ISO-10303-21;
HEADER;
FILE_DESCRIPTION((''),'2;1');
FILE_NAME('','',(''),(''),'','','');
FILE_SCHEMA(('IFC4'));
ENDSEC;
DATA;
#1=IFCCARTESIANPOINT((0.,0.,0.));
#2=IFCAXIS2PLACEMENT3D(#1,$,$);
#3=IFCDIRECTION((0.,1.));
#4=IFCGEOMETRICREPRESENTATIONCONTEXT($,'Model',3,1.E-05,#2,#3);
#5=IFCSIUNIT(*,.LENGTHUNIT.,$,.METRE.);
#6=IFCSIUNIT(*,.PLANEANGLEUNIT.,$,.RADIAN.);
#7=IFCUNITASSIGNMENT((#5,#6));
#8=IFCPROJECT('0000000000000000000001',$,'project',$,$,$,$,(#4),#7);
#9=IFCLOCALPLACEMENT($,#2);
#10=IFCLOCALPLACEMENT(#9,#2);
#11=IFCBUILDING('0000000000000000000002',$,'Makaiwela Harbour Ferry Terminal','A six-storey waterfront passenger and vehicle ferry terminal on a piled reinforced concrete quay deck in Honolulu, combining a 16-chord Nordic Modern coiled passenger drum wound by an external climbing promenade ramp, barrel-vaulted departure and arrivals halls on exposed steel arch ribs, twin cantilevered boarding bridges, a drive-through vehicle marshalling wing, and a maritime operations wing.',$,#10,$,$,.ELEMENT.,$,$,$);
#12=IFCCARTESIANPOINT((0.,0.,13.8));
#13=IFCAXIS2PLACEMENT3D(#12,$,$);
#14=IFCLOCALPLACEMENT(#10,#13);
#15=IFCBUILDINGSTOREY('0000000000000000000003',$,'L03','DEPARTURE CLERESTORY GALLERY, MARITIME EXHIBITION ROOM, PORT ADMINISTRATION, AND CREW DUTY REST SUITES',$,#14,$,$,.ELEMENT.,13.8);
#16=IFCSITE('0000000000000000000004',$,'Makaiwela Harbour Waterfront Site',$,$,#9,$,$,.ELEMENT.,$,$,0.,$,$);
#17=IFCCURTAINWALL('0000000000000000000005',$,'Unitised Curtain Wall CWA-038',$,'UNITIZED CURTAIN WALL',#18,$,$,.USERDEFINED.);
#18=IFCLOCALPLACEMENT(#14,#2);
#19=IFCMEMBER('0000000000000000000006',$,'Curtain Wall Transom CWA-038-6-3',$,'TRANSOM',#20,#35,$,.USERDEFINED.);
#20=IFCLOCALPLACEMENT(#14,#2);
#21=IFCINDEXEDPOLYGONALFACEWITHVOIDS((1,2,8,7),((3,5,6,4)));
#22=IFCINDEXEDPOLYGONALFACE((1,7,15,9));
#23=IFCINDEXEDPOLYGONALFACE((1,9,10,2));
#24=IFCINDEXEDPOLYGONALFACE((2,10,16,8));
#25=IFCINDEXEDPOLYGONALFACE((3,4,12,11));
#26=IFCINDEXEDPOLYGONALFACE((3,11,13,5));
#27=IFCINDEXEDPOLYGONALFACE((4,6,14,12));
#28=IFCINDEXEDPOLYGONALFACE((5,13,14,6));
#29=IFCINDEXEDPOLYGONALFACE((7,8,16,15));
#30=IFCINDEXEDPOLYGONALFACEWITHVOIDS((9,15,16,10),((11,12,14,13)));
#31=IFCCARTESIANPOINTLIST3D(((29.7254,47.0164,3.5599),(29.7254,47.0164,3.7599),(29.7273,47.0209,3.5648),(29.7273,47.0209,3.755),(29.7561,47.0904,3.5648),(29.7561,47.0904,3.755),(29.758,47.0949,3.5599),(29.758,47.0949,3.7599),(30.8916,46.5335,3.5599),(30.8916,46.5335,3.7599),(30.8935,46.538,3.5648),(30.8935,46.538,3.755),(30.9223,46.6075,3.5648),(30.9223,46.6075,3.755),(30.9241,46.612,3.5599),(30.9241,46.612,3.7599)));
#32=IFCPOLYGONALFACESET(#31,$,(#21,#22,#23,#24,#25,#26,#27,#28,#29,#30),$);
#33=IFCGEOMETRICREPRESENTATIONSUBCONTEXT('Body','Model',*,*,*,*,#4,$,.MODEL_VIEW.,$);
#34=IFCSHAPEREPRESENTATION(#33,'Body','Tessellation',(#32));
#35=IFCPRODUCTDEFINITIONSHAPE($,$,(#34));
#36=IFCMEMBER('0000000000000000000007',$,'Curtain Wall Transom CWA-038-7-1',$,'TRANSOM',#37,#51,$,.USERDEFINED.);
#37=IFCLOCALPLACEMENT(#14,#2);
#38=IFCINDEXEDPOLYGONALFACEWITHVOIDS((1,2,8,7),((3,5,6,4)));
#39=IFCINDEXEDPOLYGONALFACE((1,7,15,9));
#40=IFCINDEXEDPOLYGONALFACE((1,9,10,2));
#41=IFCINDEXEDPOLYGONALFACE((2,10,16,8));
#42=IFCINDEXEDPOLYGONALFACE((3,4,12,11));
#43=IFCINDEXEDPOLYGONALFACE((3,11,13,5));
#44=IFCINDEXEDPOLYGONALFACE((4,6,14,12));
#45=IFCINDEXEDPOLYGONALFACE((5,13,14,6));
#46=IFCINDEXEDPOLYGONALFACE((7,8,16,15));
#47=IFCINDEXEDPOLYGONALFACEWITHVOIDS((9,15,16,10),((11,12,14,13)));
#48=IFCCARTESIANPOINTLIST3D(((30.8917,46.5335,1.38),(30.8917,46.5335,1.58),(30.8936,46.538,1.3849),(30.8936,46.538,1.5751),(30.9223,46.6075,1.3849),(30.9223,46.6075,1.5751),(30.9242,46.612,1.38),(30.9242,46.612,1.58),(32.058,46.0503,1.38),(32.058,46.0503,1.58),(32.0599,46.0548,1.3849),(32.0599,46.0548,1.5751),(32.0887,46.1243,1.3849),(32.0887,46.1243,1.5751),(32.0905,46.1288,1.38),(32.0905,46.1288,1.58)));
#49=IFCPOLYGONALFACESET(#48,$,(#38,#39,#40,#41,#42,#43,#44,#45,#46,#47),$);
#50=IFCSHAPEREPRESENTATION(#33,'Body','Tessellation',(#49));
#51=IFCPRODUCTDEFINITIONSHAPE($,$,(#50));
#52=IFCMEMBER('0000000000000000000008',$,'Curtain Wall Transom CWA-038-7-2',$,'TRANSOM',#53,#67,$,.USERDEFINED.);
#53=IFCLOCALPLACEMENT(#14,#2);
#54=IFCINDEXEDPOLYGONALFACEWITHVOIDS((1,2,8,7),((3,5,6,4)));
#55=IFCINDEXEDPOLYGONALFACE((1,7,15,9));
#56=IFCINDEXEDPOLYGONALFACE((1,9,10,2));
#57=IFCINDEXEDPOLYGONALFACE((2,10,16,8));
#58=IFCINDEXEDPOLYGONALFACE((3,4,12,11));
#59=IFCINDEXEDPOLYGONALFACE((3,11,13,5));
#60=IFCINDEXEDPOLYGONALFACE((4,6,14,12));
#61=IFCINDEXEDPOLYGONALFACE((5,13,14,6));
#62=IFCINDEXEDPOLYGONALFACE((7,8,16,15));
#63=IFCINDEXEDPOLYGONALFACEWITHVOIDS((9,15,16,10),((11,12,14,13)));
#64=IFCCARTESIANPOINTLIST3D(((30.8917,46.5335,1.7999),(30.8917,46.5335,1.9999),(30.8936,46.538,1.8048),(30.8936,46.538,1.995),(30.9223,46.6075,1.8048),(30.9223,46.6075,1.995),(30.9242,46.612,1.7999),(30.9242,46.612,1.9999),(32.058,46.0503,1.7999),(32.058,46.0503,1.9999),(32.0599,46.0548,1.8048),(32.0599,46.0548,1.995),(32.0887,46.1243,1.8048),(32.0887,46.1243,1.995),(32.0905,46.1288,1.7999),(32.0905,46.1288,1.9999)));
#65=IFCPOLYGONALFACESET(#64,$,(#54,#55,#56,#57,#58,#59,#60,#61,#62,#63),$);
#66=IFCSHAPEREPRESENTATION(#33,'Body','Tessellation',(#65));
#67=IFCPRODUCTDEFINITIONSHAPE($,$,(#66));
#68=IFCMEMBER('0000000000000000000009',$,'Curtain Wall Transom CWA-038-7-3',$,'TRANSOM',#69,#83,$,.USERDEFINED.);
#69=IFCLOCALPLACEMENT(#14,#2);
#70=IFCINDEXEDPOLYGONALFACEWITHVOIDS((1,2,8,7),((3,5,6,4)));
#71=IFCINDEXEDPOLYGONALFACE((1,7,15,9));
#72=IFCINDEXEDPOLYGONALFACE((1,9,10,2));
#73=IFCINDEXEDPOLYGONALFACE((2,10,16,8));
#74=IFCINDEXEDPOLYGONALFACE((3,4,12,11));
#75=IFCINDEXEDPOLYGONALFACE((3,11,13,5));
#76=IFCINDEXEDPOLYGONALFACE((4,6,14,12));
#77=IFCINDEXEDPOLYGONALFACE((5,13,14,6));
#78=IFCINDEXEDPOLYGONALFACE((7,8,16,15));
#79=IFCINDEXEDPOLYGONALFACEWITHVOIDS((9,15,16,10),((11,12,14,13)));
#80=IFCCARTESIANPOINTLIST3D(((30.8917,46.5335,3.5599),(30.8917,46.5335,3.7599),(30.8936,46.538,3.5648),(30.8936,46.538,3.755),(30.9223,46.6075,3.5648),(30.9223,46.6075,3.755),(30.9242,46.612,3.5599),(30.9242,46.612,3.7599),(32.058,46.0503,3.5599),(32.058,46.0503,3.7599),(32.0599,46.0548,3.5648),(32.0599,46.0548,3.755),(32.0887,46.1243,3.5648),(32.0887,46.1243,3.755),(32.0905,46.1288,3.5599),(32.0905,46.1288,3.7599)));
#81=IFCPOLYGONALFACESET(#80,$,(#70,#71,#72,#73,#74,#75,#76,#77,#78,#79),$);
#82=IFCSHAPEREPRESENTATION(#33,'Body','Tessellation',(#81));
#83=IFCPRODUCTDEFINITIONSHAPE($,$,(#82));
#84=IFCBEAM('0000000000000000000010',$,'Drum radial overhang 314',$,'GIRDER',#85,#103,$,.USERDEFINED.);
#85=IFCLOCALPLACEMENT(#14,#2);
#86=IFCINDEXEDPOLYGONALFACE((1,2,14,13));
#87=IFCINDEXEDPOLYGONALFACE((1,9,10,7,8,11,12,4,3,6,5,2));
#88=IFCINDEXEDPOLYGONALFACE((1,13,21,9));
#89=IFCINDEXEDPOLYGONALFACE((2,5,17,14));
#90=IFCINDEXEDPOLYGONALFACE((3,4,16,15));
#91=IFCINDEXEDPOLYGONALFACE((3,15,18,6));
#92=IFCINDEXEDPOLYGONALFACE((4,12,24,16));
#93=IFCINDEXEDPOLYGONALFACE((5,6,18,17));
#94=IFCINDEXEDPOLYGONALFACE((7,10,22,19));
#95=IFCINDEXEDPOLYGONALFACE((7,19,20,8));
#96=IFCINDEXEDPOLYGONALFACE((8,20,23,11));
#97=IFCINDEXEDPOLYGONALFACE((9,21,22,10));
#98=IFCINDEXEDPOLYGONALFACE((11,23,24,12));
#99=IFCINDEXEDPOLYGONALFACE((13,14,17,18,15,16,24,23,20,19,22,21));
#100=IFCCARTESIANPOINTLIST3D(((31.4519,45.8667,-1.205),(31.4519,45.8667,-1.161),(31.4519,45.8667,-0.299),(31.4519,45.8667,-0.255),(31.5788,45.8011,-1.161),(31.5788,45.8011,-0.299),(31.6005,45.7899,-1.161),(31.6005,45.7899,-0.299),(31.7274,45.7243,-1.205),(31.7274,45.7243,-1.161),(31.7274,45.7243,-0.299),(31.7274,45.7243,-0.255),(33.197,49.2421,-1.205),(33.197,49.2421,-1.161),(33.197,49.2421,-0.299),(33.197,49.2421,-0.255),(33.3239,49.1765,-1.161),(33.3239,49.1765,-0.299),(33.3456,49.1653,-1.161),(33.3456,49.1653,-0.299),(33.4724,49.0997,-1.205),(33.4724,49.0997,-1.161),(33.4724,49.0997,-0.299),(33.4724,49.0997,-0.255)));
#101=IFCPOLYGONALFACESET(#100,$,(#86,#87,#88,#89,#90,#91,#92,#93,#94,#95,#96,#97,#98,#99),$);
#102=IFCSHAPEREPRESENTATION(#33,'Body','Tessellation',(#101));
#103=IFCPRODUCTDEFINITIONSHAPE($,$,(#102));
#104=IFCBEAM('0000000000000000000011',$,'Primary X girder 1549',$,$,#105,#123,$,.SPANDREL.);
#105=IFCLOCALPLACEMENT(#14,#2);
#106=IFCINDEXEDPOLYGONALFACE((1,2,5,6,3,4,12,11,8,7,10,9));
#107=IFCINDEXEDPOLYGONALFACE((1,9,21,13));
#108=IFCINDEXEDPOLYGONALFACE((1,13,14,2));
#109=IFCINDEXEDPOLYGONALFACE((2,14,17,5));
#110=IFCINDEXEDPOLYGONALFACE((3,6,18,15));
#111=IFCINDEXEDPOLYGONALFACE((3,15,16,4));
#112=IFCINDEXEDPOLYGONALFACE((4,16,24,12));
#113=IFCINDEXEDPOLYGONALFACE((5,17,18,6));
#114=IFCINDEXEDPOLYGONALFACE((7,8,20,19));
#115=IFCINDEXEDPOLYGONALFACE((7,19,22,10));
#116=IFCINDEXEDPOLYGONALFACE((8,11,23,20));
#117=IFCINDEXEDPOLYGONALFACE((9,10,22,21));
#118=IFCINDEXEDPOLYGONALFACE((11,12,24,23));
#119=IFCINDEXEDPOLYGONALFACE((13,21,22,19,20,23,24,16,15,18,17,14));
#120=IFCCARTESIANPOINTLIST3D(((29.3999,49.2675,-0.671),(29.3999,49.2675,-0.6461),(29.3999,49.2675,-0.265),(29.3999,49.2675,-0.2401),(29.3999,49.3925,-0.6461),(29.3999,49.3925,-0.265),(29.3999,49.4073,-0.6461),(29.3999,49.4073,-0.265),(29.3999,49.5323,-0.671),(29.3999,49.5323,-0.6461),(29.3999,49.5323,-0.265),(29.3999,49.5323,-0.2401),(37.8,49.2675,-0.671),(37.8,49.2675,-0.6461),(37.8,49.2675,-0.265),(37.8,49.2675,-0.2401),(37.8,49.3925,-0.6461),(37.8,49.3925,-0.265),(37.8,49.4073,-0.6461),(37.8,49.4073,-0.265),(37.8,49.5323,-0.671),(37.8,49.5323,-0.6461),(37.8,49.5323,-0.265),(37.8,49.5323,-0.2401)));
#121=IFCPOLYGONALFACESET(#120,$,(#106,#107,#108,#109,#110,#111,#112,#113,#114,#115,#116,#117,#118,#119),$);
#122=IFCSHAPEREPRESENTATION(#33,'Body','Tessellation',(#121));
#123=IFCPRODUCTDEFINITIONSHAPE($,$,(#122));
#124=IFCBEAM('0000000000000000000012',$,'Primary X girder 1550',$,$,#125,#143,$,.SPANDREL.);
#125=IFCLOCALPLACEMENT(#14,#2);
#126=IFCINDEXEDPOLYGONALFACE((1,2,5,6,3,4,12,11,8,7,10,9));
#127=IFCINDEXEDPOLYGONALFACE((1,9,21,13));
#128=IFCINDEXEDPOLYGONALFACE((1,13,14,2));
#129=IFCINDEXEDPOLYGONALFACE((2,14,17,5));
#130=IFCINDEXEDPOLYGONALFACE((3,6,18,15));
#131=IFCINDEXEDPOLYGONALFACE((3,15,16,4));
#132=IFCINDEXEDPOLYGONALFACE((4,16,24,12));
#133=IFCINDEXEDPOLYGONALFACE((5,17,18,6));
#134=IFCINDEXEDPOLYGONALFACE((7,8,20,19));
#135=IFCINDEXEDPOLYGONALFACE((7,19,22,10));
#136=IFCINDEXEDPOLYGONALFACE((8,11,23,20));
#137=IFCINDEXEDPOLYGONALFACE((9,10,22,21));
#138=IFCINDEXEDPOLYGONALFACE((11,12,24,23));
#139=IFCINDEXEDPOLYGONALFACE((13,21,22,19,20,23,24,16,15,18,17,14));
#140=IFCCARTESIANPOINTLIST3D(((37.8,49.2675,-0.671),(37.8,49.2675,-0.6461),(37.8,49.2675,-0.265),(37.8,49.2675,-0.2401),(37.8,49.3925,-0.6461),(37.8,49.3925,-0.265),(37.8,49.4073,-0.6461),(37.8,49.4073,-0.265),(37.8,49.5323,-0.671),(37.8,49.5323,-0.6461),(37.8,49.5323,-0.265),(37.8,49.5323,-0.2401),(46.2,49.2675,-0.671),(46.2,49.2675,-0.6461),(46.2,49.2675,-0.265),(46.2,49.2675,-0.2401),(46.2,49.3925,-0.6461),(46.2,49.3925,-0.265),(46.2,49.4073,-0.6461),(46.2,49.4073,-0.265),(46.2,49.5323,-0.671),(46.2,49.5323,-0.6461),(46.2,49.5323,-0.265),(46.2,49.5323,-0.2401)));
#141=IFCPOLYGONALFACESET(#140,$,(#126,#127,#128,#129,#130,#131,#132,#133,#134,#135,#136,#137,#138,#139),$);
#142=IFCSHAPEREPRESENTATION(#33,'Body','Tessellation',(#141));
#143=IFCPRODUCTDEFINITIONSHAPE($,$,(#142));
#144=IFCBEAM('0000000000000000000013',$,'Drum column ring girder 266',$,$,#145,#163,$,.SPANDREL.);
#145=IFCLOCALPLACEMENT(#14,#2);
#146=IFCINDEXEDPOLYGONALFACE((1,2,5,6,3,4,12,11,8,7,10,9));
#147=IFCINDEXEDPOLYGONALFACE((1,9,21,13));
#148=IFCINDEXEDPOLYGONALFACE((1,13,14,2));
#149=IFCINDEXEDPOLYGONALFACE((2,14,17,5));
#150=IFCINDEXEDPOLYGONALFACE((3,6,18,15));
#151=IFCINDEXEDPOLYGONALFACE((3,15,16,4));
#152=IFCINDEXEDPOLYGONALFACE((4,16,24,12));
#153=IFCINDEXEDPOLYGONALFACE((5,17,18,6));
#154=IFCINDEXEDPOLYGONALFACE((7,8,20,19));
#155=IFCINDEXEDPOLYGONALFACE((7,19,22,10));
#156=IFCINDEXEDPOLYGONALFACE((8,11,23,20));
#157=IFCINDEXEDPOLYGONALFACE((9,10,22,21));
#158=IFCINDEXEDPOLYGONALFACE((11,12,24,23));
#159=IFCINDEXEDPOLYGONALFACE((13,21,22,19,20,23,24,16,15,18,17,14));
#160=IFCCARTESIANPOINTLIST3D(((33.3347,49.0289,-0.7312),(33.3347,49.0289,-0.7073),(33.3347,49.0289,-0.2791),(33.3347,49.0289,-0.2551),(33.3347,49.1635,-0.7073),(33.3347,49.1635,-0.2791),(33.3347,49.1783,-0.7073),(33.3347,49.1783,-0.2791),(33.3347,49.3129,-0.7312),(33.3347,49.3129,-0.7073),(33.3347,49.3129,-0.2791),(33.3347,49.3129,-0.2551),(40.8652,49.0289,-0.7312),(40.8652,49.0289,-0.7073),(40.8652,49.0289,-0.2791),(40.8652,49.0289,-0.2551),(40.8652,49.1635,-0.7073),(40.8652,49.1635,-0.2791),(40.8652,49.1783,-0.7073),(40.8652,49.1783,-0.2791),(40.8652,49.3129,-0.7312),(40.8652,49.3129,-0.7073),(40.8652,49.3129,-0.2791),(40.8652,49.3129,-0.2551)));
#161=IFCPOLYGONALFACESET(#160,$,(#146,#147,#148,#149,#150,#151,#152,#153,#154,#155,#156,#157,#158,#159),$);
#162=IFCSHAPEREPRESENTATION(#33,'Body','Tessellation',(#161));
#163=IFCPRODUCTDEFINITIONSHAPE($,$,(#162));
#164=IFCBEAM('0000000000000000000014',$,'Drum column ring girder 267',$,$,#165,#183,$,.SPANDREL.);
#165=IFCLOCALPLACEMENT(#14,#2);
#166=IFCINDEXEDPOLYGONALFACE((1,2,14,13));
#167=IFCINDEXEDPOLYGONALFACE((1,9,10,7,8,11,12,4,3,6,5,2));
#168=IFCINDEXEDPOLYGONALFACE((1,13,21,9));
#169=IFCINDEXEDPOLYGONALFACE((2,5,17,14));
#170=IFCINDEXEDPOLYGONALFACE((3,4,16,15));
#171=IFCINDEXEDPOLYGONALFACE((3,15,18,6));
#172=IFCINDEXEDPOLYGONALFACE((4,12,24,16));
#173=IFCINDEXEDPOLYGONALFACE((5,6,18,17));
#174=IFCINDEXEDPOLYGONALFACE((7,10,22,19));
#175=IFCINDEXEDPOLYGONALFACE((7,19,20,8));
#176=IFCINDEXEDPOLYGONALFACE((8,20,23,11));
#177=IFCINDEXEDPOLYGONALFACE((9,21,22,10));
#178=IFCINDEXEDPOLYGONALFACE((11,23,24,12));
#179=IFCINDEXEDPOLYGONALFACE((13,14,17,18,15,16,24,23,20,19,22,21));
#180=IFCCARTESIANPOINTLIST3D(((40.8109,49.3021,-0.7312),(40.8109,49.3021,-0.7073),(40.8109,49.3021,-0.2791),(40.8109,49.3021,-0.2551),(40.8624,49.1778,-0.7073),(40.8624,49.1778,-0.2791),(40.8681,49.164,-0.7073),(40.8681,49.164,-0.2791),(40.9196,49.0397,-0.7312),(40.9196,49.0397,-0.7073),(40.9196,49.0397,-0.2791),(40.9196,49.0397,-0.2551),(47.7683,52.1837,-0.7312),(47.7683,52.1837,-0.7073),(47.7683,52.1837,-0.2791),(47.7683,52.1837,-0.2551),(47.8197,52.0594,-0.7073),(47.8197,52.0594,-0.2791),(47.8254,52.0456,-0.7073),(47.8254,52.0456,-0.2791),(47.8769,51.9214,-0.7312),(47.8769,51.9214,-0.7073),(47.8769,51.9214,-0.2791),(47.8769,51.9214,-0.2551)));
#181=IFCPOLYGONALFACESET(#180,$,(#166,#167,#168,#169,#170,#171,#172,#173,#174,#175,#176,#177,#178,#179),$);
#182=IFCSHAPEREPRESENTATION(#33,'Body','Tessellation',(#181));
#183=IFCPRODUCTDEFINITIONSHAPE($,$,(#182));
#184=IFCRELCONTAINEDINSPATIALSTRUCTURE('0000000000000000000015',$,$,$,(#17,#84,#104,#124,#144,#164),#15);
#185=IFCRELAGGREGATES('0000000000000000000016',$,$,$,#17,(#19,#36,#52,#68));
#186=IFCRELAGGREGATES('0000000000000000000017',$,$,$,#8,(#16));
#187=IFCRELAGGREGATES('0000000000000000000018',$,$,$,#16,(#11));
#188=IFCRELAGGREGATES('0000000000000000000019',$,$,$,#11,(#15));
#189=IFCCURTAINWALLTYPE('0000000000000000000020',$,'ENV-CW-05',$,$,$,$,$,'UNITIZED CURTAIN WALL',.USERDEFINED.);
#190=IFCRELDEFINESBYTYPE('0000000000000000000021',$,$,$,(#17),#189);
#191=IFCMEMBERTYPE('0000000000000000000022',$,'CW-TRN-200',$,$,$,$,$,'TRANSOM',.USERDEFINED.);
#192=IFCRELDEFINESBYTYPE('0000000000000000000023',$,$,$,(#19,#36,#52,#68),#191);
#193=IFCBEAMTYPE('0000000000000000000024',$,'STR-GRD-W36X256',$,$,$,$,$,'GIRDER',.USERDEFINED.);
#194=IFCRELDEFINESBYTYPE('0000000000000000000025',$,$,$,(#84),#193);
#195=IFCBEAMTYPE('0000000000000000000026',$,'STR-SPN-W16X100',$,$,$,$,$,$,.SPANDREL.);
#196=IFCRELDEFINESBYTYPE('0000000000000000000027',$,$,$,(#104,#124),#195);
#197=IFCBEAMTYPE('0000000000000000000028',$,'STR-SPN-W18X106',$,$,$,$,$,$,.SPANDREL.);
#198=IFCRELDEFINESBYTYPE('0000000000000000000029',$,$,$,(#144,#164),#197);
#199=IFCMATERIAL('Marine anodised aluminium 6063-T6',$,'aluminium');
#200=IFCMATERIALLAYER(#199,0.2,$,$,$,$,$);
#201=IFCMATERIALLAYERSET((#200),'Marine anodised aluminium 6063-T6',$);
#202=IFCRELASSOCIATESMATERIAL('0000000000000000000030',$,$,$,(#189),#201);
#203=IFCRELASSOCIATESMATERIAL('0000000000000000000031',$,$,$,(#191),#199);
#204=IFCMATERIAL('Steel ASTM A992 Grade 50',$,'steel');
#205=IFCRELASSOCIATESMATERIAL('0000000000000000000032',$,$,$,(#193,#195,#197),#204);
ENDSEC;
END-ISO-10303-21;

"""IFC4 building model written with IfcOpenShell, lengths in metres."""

from ifc_helpers import new_model, si_unit, direction, frame, origin, origin_2d, place, context, subcontext, project, spatial, hollow_rectangle, i_section, extrude, material, layer, layer_set, material_profile, profile_set, type_object, element, aggregate, save


model = new_model("IFC4")

# Units and contexts
model_context = context("Model", 3, precision=1e-05, world=origin(), true_north=direction((0.0, 1.0)))
body_context = subcontext(model_context, "Body", "Model", "MODEL_VIEW")
ifc_project = project(units=[si_unit("LENGTHUNIT", "METRE"), si_unit("PLANEANGLEUNIT", "RADIAN")], contexts=[model_context])

# Site, building, storey
site_placement = place(None, origin())
site = spatial("IfcSite", under=ifc_project, at=site_placement, Name="Makaiwela Harbour Waterfront Site", CompositionType="ELEMENT", RefElevation=0.0)
building_placement = place(site_placement, origin())
building = spatial("IfcBuilding", under=site, at=building_placement, Name="Makaiwela Harbour Ferry Terminal", Description="A six-storey waterfront passenger and vehicle ferry terminal on a piled reinforced concrete quay deck in Honolulu, combining a 16-chord Nordic Modern coiled passenger drum wound by an external climbing promenade ramp, barrel-vaulted departure and arrivals halls on exposed steel arch ribs, twin cantilevered boarding bridges, a drive-through vehicle marshalling wing, and a maritime operations wing.", CompositionType="ELEMENT")
storey_placement = place(building_placement, frame((0.0, 0.0, 13.8)))
storey = spatial("IfcBuildingStorey", under=building, at=storey_placement, Name="L03", Description="DEPARTURE CLERESTORY GALLERY, MARITIME EXHIBITION ROOM, PORT ADMINISTRATION, AND CREW DUTY REST SUITES", CompositionType="ELEMENT", Elevation=13.8)

# Shared definitions
ifc_material_1 = material(Name="Steel ASTM A992 Grade 50", Category="steel")

# Curtain wall, members
ifc_material_2 = material(Name="Marine anodised aluminium 6063-T6", Category="aluminium")
ifc_layer_1 = layer(ifc_material_2, 0.2)
ifc_layer_set_1 = layer_set([ifc_layer_1], Name="Marine anodised aluminium 6063-T6")
curtain_wall_type = type_object("IfcCurtainWallType", Name="ENV-CW-05", ElementType="UNITIZED CURTAIN WALL", PredefinedType="USERDEFINED", material=ifc_layer_set_1)
curtain_wall_placement = place(storey_placement, origin())
curtain_wall = element("IfcCurtainWall", 1, at=curtain_wall_placement, inside=storey, type_object=curtain_wall_type, Name="Unitised Curtain Wall CWA-038", ObjectType="UNITIZED CURTAIN WALL", PredefinedType="USERDEFINED")
ifc_material_profile_1 = material_profile(ifc_material_2, hollow_rectangle(XDim=0.085, YDim=0.2, WallThickness=0.0049, at=origin_2d()), Name="CWT-200X85")
ifc_profile_set_1 = profile_set([ifc_material_profile_1], Name="Marine anodised aluminium 6063-T6")
member_type_1 = type_object("IfcMemberType", Name="CW-TRN-200", ElementType="TRANSOM", PredefinedType="USERDEFINED", material=ifc_profile_set_1)
member_1_placement = place(storey_placement, frame((29.7417, 47.0557, 3.6599), z_axis=(0.923927, -0.382568, 0.0), x_axis=(0.382568, 0.923927, 0.0)))
member_1 = element("IfcMember", 2, at=member_1_placement, type_object=member_type_1, Name="Curtain Wall Transom CWA-038-6-3", ObjectType="TRANSOM", PredefinedType="USERDEFINED", context=body_context, shape_type="SweptSolid", body=[
    extrude(hollow_rectangle(XDim=0.085, YDim=0.2, WallThickness=0.0049, at=origin_2d()), origin(), (0.0, 0.0, 1.0), 1.2622),
])
member_2_placement = place(storey_placement, frame((30.908, 46.5728, 1.48), z_axis=(0.923859, -0.382733, 0.0), x_axis=(0.382733, 0.923859, 0.0)))
member_2 = element("IfcMember", 3, at=member_2_placement, type_object=member_type_1, Name="Curtain Wall Transom CWA-038-7-1", ObjectType="TRANSOM", PredefinedType="USERDEFINED", context=body_context, shape_type="SweptSolid", body=[
    extrude(hollow_rectangle(XDim=0.085, YDim=0.2, WallThickness=0.0049, at=origin_2d()), origin(), (0.0, 0.0, 1.0), 1.2625),
])
member_3_placement = place(storey_placement, frame((30.908, 46.5728, 1.8999), z_axis=(0.923859, -0.382733, 0.0), x_axis=(0.382733, 0.923859, 0.0)))
member_3 = element("IfcMember", 4, at=member_3_placement, type_object=member_type_1, Name="Curtain Wall Transom CWA-038-7-2", ObjectType="TRANSOM", PredefinedType="USERDEFINED", context=body_context, shape_type="SweptSolid", body=[
    extrude(hollow_rectangle(XDim=0.085, YDim=0.2, WallThickness=0.0049, at=origin_2d()), origin(), (0.0, 0.0, 1.0), 1.2625),
])
member_4_placement = place(storey_placement, frame((30.908, 46.5728, 3.6599), z_axis=(0.923859, -0.382733, 0.0), x_axis=(0.382733, 0.923859, 0.0)))
member_4 = element("IfcMember", 5, at=member_4_placement, type_object=member_type_1, Name="Curtain Wall Transom CWA-038-7-3", ObjectType="TRANSOM", PredefinedType="USERDEFINED", context=body_context, shape_type="SweptSolid", body=[
    extrude(hollow_rectangle(XDim=0.085, YDim=0.2, WallThickness=0.0049, at=origin_2d()), origin(), (0.0, 0.0, 1.0), 1.2625),
])

# Beams
ifc_material_profile_2 = material_profile(ifc_material_1, i_section(OverallWidth=0.3101, OverallDepth=0.95, WebThickness=0.0244, FlangeThickness=0.0439, at=origin_2d()), Name="W36X256")
ifc_profile_set_2 = profile_set([ifc_material_profile_2], Name="Steel ASTM A992 Grade 50")
beam_type_1 = type_object("IfcBeamType", Name="STR-GRD-W36X256", ElementType="GIRDER", PredefinedType="USERDEFINED", material=ifc_profile_set_2)
beam_1_placement = place(storey_placement, frame((33.3347, 49.1709, -0.73), z_axis=(-0.459252, -0.888306, 0.0), x_axis=(0.888306, -0.459252, 0.0)))
element("IfcBeam", 6, at=beam_1_placement, inside=storey, type_object=beam_type_1, Name="Drum radial overhang 314", ObjectType="GIRDER", PredefinedType="USERDEFINED", context=body_context, shape_type="SweptSolid", body=[
    extrude(i_section(OverallWidth=0.3101, OverallDepth=0.95, WebThickness=0.0244, FlangeThickness=0.0439, at=origin_2d()), origin(), (0.0, 0.0, 1.0), 3.7998),
])
ifc_material_profile_3 = material_profile(ifc_material_1, i_section(OverallWidth=0.2649, OverallDepth=0.4309, WebThickness=0.0149, FlangeThickness=0.0249, at=origin_2d()), Name="W16X100")
ifc_profile_set_3 = profile_set([ifc_material_profile_3], Name="Steel ASTM A992 Grade 50")
beam_type_2 = type_object("IfcBeamType", Name="STR-SPN-W16X100", PredefinedType="SPANDREL", material=ifc_profile_set_3)
beam_2_placement = place(storey_placement, frame((29.3999, 49.3999, -0.4556), z_axis=(1.0, 0.0, 0.0), x_axis=(0.0, 1.0, 0.0)))
element("IfcBeam", 7, at=beam_2_placement, inside=storey, type_object=beam_type_2, Name="Primary X girder 1549", PredefinedType="SPANDREL", context=body_context, shape_type="SweptSolid", body=[
    extrude(i_section(OverallWidth=0.2649, OverallDepth=0.4309, WebThickness=0.0149, FlangeThickness=0.0249, at=origin_2d()), origin(), (0.0, 0.0, 1.0), 8.4001),
])
beam_3_placement = place(storey_placement, frame((37.8, 49.3999, -0.4556), z_axis=(1.0, 0.0, 0.0), x_axis=(0.0, 1.0, 0.0)))
element("IfcBeam", 8, at=beam_3_placement, inside=storey, type_object=beam_type_2, Name="Primary X girder 1550", PredefinedType="SPANDREL", context=body_context, shape_type="SweptSolid", body=[
    extrude(i_section(OverallWidth=0.2649, OverallDepth=0.4309, WebThickness=0.0149, FlangeThickness=0.0249, at=origin_2d()), origin(), (0.0, 0.0, 1.0), 8.3999),
])
ifc_material_profile_4 = material_profile(ifc_material_1, i_section(OverallWidth=0.2839, OverallDepth=0.4761, WebThickness=0.0149, FlangeThickness=0.0239, at=origin_2d()), Name="W18X106")
ifc_profile_set_4 = profile_set([ifc_material_profile_4], Name="Steel ASTM A992 Grade 50")
beam_type_3 = type_object("IfcBeamType", Name="STR-SPN-W18X106", PredefinedType="SPANDREL", material=ifc_profile_set_4)
for number, where, z_axis, x_axis, name in (
    (9, (33.3347, 49.1709, -0.4932), (1.0, 0.0, 0.0), (0.0, 1.0, 0.0), "Drum column ring girder 266"),
    (10, (40.8652, 49.1709, -0.4932), (0.923889, 0.38266, 0.0), (-0.38266, 0.923889, 0.0), "Drum column ring girder 267"),
):
    element("IfcBeam", number, at=place(storey_placement, frame(where, z_axis=z_axis, x_axis=x_axis)), inside=storey, type_object=beam_type_3, Name=name, PredefinedType="SPANDREL", context=body_context, shape_type="SweptSolid", body=[
        extrude(i_section(OverallWidth=0.2839, OverallDepth=0.4761, WebThickness=0.0149, FlangeThickness=0.0239, at=origin_2d()), origin(), (0.0, 0.0, 1.0), 7.5305),
    ])

aggregate(curtain_wall, [member_1, member_2, member_3, member_4])

save(model, "model.ifc")
